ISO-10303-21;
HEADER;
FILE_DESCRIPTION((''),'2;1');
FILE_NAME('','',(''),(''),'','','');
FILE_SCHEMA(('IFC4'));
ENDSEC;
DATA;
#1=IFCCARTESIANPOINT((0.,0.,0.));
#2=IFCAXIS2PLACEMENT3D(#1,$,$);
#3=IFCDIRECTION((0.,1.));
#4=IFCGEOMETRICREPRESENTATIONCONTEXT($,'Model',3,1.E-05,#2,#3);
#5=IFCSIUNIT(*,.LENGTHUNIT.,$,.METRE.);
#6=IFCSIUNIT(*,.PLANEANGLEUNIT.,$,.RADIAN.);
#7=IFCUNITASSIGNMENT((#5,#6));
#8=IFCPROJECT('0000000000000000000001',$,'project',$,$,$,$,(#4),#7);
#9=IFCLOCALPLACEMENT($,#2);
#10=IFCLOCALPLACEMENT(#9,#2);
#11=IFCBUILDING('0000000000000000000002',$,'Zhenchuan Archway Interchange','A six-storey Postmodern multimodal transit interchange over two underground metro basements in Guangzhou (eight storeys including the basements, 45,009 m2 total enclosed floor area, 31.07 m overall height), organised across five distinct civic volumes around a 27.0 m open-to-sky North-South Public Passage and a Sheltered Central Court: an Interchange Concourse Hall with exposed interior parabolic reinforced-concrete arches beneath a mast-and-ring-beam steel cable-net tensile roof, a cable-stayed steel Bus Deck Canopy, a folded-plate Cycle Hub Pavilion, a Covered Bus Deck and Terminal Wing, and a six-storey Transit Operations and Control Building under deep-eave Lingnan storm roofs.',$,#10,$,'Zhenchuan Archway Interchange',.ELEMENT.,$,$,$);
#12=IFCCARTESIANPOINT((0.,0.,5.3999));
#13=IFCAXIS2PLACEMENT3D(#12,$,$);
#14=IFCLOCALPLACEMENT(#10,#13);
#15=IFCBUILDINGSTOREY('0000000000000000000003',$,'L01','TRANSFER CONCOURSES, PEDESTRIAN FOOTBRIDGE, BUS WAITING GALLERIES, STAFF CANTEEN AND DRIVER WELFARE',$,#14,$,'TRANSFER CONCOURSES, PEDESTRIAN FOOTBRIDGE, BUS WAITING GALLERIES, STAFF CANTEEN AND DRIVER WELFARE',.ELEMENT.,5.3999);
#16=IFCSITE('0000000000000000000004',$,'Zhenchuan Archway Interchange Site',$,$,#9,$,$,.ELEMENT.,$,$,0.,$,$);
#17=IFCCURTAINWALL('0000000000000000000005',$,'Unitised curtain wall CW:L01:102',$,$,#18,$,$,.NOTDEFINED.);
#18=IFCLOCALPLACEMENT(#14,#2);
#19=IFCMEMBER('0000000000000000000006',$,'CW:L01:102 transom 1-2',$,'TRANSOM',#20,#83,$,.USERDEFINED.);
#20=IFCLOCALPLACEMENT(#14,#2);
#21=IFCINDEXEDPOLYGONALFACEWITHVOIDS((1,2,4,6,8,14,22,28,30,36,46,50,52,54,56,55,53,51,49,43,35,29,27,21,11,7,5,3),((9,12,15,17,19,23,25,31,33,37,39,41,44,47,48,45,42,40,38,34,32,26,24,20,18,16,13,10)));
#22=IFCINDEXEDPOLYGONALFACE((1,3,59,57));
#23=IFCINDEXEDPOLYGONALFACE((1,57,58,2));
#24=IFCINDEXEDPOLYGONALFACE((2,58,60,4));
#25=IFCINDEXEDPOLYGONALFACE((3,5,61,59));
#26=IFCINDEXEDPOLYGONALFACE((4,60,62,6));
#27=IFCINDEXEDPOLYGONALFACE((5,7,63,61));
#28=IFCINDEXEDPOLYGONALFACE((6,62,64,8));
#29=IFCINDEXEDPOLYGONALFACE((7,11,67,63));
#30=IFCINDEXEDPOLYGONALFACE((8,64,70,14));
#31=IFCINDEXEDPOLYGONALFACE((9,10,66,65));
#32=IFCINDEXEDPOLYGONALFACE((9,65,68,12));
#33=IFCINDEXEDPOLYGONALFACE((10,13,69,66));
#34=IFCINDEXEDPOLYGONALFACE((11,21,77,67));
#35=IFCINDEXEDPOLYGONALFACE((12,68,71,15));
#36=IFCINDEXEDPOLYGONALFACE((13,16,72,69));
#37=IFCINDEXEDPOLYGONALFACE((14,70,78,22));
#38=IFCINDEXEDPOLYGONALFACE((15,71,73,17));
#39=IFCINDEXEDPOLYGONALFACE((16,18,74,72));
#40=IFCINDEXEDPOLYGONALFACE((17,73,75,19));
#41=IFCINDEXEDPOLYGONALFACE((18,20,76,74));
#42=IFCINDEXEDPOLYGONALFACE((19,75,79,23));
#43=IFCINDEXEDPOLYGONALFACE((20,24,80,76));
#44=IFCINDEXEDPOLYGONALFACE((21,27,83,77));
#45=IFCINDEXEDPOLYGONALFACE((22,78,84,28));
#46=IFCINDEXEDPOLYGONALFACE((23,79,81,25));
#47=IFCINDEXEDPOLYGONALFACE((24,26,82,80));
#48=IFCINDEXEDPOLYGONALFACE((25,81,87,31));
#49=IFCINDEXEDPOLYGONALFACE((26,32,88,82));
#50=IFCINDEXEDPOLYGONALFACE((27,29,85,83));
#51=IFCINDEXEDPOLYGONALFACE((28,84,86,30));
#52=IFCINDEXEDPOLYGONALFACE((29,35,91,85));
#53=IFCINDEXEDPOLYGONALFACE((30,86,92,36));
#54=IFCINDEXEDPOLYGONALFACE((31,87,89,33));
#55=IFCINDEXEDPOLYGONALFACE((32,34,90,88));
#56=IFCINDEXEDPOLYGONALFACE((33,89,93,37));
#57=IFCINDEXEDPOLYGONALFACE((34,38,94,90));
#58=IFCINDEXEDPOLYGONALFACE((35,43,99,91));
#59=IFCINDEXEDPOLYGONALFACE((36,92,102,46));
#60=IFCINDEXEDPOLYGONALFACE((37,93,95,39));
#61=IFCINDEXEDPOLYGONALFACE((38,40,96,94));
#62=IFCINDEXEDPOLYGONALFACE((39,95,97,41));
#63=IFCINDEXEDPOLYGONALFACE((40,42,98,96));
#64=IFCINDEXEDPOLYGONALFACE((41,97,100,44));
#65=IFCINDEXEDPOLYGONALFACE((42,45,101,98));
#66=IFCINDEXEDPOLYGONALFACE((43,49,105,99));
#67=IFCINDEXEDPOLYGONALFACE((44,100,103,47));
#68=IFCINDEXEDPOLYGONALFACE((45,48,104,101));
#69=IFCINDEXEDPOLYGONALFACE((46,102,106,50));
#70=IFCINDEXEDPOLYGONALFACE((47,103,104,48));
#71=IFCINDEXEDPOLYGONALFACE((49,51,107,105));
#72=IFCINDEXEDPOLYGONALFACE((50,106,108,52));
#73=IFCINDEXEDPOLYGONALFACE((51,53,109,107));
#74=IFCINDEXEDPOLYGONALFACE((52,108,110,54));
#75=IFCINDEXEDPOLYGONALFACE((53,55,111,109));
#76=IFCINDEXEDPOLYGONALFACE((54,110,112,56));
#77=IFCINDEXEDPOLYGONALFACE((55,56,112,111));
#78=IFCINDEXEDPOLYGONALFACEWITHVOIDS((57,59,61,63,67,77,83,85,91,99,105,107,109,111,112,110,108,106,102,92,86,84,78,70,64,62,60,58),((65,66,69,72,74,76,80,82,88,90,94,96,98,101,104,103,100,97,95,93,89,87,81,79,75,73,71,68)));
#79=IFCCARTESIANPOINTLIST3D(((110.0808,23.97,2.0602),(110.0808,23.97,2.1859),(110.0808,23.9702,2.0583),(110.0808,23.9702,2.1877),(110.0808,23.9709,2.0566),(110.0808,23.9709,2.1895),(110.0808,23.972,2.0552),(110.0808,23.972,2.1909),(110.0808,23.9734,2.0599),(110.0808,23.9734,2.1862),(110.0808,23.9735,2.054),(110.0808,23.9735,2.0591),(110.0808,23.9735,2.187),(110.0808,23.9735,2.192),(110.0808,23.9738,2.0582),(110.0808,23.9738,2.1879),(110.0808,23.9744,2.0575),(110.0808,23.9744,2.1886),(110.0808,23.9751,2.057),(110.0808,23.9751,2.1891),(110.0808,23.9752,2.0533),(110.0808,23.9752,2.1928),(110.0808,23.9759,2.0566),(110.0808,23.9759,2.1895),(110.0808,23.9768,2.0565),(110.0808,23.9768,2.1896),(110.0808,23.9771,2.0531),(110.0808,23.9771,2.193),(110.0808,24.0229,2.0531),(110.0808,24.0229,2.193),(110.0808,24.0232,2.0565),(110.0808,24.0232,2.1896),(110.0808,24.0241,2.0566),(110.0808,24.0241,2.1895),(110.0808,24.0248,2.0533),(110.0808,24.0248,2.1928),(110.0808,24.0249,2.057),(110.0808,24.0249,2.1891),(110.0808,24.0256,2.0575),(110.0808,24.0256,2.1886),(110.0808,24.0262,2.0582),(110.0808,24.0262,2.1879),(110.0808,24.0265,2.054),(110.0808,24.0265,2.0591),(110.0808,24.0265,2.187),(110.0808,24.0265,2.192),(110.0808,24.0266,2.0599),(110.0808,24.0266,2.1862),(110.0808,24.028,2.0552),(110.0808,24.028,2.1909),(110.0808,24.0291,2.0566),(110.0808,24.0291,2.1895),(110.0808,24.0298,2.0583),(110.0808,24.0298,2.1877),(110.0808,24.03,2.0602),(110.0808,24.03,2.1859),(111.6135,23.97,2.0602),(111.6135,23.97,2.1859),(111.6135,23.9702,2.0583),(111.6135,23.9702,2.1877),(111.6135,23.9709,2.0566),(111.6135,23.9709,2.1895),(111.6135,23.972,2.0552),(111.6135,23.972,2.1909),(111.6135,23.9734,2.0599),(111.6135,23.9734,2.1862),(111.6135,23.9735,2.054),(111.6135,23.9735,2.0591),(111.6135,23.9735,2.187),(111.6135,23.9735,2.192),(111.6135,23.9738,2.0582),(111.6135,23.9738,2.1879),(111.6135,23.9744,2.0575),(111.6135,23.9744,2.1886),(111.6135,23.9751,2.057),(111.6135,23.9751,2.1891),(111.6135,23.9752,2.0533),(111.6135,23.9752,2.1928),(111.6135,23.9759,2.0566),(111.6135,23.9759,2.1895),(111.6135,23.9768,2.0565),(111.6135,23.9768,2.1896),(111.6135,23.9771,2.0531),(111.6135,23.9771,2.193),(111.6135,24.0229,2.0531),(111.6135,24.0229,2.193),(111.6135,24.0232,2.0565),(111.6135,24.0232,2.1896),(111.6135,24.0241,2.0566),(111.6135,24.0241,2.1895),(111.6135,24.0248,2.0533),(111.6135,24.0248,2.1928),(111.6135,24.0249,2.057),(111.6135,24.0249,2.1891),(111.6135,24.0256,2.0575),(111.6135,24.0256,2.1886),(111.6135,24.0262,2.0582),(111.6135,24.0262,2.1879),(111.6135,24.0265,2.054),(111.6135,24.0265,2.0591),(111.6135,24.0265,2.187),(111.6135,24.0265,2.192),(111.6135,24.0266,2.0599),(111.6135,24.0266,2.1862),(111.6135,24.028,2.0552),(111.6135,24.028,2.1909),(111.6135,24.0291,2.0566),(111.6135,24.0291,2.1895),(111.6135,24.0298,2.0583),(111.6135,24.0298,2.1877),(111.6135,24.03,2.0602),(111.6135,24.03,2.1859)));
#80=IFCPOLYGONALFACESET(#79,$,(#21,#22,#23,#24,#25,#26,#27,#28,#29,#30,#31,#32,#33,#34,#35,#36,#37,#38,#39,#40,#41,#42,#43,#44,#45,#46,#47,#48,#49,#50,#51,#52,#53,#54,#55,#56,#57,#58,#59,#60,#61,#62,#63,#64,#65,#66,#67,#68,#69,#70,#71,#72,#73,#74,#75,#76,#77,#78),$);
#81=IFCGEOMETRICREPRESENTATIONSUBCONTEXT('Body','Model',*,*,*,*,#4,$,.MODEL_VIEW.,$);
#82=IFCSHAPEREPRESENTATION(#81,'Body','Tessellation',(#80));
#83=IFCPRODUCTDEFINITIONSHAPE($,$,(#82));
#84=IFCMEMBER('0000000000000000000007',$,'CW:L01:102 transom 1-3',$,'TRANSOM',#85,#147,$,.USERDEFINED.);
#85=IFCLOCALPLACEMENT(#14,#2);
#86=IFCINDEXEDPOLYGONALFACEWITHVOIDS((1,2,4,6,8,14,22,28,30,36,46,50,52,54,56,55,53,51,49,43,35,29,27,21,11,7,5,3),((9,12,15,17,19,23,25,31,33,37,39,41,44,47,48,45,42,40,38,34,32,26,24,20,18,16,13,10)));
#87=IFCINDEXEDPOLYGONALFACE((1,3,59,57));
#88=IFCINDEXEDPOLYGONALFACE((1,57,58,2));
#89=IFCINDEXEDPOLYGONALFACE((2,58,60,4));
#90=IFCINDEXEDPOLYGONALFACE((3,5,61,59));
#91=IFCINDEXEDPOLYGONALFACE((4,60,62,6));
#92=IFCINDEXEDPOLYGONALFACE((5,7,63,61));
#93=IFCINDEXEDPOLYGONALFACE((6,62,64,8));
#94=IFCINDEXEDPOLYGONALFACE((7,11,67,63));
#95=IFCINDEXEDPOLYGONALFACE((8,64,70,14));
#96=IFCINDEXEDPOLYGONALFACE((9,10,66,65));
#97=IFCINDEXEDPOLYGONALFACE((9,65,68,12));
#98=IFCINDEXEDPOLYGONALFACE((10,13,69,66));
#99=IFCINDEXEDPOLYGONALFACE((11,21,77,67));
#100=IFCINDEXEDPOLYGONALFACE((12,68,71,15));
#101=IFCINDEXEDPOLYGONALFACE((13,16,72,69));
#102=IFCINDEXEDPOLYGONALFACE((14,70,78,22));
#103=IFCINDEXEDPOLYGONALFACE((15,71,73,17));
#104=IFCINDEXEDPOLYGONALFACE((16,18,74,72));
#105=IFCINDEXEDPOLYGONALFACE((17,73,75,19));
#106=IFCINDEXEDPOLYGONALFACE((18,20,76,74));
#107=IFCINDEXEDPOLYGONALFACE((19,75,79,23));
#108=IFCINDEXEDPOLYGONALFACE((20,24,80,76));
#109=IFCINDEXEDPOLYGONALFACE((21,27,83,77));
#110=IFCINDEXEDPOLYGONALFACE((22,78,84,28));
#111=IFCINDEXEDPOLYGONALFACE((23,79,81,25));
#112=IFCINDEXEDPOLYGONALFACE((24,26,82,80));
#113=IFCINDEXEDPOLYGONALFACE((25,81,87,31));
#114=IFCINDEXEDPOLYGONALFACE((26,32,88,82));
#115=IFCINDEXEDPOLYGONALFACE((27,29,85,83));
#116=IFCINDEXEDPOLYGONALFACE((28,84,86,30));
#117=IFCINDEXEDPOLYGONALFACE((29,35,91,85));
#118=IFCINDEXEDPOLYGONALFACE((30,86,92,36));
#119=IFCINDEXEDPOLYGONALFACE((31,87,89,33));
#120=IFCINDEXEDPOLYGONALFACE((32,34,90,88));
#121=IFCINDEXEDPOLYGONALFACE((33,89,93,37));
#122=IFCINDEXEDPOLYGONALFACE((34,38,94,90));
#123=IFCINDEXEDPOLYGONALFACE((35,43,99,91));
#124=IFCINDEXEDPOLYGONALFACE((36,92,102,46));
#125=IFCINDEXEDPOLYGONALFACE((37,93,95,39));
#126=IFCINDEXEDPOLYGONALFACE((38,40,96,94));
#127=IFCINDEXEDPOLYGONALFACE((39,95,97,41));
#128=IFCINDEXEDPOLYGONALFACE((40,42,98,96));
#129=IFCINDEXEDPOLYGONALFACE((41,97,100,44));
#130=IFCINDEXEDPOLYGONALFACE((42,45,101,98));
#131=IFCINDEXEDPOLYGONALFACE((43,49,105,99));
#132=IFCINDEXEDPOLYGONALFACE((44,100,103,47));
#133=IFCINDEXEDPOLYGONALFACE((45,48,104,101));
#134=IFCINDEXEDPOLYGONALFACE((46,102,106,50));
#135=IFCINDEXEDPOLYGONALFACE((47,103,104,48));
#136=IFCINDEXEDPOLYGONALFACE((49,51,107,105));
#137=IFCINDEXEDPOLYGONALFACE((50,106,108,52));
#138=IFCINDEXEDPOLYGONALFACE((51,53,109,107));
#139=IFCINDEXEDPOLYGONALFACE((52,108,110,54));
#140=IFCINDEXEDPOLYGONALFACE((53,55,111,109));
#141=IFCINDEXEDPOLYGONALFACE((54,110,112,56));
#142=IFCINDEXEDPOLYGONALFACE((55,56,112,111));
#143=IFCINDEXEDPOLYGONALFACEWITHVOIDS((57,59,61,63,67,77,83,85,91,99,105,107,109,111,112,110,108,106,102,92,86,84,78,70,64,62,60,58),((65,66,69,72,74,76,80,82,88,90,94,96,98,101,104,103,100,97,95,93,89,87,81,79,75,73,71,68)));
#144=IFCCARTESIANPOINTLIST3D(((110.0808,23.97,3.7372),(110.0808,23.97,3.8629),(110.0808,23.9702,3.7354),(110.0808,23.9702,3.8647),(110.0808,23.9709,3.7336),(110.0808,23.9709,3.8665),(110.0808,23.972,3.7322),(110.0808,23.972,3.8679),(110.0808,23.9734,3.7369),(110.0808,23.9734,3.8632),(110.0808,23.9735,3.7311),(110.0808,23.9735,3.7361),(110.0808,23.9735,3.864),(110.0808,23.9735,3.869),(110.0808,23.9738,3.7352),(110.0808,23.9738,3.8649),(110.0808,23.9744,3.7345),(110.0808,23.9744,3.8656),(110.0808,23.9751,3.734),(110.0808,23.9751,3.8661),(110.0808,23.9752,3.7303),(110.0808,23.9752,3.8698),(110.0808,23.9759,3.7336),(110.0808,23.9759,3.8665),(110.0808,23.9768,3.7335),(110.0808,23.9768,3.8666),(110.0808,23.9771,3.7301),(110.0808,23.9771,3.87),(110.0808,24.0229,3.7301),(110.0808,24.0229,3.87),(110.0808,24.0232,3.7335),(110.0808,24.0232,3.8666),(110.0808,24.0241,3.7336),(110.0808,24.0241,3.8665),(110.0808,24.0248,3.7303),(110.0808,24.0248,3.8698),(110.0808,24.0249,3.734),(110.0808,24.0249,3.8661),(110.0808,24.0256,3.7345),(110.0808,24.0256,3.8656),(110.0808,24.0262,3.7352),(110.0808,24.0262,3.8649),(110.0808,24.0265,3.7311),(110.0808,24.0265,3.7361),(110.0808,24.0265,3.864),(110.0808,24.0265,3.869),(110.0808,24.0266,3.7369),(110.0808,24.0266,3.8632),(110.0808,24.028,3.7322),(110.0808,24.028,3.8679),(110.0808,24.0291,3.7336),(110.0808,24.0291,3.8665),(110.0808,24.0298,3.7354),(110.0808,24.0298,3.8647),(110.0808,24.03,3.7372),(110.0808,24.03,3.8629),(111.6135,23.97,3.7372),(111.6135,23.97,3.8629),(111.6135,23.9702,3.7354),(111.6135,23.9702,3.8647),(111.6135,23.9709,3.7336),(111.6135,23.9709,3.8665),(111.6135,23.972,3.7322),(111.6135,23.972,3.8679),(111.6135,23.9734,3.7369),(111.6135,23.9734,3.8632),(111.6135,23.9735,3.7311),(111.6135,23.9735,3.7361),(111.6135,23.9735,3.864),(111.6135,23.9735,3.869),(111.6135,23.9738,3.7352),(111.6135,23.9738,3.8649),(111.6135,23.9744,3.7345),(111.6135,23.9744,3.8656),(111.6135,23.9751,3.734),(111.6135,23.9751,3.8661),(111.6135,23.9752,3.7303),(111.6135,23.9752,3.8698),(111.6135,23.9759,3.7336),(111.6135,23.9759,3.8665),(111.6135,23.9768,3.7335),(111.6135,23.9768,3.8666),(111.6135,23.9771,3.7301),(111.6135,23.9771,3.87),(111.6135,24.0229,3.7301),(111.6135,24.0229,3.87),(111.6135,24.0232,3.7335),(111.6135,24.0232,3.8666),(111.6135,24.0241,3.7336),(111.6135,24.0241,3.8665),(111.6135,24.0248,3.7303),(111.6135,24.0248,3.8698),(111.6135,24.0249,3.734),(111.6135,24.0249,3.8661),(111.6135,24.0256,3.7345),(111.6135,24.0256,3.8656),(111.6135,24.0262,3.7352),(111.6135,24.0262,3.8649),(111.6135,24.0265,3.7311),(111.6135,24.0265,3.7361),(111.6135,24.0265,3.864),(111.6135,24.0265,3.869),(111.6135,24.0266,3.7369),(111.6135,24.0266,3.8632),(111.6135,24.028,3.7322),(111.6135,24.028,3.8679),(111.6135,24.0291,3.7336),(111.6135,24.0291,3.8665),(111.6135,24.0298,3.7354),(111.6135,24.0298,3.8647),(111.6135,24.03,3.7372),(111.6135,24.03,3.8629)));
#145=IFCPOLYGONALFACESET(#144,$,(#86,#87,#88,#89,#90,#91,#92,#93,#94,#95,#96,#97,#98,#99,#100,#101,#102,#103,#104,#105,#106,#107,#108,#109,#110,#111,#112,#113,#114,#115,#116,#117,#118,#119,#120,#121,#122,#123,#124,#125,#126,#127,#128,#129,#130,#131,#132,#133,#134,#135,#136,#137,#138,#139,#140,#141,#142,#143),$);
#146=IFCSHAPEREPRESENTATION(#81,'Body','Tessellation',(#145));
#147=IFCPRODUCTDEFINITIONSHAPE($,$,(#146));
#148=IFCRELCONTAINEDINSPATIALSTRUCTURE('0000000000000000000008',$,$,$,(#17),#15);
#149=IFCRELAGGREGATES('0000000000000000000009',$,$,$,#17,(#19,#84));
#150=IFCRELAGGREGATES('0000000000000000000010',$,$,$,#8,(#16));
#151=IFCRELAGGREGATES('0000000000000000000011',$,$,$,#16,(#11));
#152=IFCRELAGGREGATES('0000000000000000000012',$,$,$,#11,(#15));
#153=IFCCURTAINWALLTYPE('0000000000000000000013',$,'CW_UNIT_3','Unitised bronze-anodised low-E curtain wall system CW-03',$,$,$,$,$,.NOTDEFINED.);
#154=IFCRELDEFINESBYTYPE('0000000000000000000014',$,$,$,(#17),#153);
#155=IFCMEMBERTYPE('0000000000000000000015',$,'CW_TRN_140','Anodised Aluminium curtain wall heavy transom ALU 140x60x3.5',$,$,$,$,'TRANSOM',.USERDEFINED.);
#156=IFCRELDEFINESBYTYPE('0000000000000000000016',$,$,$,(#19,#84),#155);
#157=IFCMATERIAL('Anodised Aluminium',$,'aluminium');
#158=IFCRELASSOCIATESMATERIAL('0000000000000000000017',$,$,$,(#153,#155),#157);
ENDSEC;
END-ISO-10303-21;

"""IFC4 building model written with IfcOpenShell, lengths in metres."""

from ifc_helpers import new_model, si_unit, direction, frame, origin, origin_2d, place, context, subcontext, project, spatial, hollow_rectangle, extrude, material, material_profile, profile_set, type_object, element, aggregate, save


model = new_model("IFC4")

# Units and contexts
model_context = context("Model", 3, precision=1e-05, world=origin(), true_north=direction((0.0, 1.0)))
body_context = subcontext(model_context, "Body", "Model", "MODEL_VIEW")
ifc_project = project(units=[si_unit("LENGTHUNIT", "METRE"), si_unit("PLANEANGLEUNIT", "RADIAN")], contexts=[model_context])

# Site, building, storey
site_placement = place(None, origin())
site = spatial("IfcSite", under=ifc_project, at=site_placement, Name="Zhenchuan Archway Interchange Site", CompositionType="ELEMENT", RefElevation=0.0)
building_placement = place(site_placement, origin())
building = spatial("IfcBuilding", under=site, at=building_placement, Name="Zhenchuan Archway Interchange", Description="A six-storey Postmodern multimodal transit interchange over two underground metro basements in Guangzhou (eight storeys including the basements, 45,009 m2 total enclosed floor area, 31.07 m overall height), organised across five distinct civic volumes around a 27.0 m open-to-sky North-South Public Passage and a Sheltered Central Court: an Interchange Concourse Hall with exposed interior parabolic reinforced-concrete arches beneath a mast-and-ring-beam steel cable-net tensile roof, a cable-stayed steel Bus Deck Canopy, a folded-plate Cycle Hub Pavilion, a Covered Bus Deck and Terminal Wing, and a six-storey Transit Operations and Control Building under deep-eave Lingnan storm roofs.", LongName="Zhenchuan Archway Interchange", CompositionType="ELEMENT")
storey_placement = place(building_placement, frame((0.0, 0.0, 5.3999)))
storey = spatial("IfcBuildingStorey", under=building, at=storey_placement, Name="L01", Description="TRANSFER CONCOURSES, PEDESTRIAN FOOTBRIDGE, BUS WAITING GALLERIES, STAFF CANTEEN AND DRIVER WELFARE", LongName="TRANSFER CONCOURSES, PEDESTRIAN FOOTBRIDGE, BUS WAITING GALLERIES, STAFF CANTEEN AND DRIVER WELFARE", CompositionType="ELEMENT", Elevation=5.3999)

# Curtain wall, members
ifc_material_1 = material(Name="Anodised Aluminium", Category="aluminium")
curtain_wall_type = type_object("IfcCurtainWallType", Name="CW_UNIT_3", Description="Unitised bronze-anodised low-E curtain wall system CW-03", PredefinedType="NOTDEFINED", material=ifc_material_1)
curtain_wall_placement = place(storey_placement, origin())
curtain_wall = element("IfcCurtainWall", 1, at=curtain_wall_placement, inside=storey, type_object=curtain_wall_type, Name="Unitised curtain wall CW:L01:102", PredefinedType="NOTDEFINED")
ifc_material_profile_1 = material_profile(ifc_material_1, hollow_rectangle(XDim=0.0601, YDim=0.1399, WallThickness=0.0034, InnerFilletRadius=0.0034, OuterFilletRadius=0.0071, at=origin_2d()), Name="ALU 140x60x3.5")
ifc_profile_set_1 = profile_set([ifc_material_profile_1], Name="Anodised Aluminium")
member_type_1 = type_object("IfcMemberType", Name="CW_TRN_140", Description="Anodised Aluminium curtain wall heavy transom ALU 140x60x3.5", ElementType="TRANSOM", PredefinedType="USERDEFINED", material=ifc_profile_set_1)
member_1_placement = place(storey_placement, frame((110.0808, 24.0, 2.123), z_axis=(1.0, 0.0, 0.0), x_axis=(0.0, 1.0, 0.0)))
member_1 = element("IfcMember", 2, at=member_1_placement, type_object=member_type_1, Name="CW:L01:102 transom 1-2", ObjectType="TRANSOM", PredefinedType="USERDEFINED", context=body_context, shape_type="SweptSolid", body=[
    extrude(hollow_rectangle(XDim=0.0601, YDim=0.1399, WallThickness=0.0034, InnerFilletRadius=0.0034, OuterFilletRadius=0.0071, at=origin_2d()), origin(), (0.0, 0.0, 1.0), 1.5327),
])
member_2_placement = place(storey_placement, frame((110.0808, 24.0, 3.8), z_axis=(1.0, 0.0, 0.0), x_axis=(0.0, 1.0, 0.0)))
member_2 = element("IfcMember", 3, at=member_2_placement, type_object=member_type_1, Name="CW:L01:102 transom 1-3", ObjectType="TRANSOM", PredefinedType="USERDEFINED", context=body_context, shape_type="SweptSolid", body=[
    extrude(hollow_rectangle(XDim=0.0601, YDim=0.1399, WallThickness=0.0034, InnerFilletRadius=0.0034, OuterFilletRadius=0.0071, at=origin_2d()), origin(), (0.0, 0.0, 1.0), 1.5327),
])

aggregate(curtain_wall, [member_1, member_2])

save(model, "model.ifc")
